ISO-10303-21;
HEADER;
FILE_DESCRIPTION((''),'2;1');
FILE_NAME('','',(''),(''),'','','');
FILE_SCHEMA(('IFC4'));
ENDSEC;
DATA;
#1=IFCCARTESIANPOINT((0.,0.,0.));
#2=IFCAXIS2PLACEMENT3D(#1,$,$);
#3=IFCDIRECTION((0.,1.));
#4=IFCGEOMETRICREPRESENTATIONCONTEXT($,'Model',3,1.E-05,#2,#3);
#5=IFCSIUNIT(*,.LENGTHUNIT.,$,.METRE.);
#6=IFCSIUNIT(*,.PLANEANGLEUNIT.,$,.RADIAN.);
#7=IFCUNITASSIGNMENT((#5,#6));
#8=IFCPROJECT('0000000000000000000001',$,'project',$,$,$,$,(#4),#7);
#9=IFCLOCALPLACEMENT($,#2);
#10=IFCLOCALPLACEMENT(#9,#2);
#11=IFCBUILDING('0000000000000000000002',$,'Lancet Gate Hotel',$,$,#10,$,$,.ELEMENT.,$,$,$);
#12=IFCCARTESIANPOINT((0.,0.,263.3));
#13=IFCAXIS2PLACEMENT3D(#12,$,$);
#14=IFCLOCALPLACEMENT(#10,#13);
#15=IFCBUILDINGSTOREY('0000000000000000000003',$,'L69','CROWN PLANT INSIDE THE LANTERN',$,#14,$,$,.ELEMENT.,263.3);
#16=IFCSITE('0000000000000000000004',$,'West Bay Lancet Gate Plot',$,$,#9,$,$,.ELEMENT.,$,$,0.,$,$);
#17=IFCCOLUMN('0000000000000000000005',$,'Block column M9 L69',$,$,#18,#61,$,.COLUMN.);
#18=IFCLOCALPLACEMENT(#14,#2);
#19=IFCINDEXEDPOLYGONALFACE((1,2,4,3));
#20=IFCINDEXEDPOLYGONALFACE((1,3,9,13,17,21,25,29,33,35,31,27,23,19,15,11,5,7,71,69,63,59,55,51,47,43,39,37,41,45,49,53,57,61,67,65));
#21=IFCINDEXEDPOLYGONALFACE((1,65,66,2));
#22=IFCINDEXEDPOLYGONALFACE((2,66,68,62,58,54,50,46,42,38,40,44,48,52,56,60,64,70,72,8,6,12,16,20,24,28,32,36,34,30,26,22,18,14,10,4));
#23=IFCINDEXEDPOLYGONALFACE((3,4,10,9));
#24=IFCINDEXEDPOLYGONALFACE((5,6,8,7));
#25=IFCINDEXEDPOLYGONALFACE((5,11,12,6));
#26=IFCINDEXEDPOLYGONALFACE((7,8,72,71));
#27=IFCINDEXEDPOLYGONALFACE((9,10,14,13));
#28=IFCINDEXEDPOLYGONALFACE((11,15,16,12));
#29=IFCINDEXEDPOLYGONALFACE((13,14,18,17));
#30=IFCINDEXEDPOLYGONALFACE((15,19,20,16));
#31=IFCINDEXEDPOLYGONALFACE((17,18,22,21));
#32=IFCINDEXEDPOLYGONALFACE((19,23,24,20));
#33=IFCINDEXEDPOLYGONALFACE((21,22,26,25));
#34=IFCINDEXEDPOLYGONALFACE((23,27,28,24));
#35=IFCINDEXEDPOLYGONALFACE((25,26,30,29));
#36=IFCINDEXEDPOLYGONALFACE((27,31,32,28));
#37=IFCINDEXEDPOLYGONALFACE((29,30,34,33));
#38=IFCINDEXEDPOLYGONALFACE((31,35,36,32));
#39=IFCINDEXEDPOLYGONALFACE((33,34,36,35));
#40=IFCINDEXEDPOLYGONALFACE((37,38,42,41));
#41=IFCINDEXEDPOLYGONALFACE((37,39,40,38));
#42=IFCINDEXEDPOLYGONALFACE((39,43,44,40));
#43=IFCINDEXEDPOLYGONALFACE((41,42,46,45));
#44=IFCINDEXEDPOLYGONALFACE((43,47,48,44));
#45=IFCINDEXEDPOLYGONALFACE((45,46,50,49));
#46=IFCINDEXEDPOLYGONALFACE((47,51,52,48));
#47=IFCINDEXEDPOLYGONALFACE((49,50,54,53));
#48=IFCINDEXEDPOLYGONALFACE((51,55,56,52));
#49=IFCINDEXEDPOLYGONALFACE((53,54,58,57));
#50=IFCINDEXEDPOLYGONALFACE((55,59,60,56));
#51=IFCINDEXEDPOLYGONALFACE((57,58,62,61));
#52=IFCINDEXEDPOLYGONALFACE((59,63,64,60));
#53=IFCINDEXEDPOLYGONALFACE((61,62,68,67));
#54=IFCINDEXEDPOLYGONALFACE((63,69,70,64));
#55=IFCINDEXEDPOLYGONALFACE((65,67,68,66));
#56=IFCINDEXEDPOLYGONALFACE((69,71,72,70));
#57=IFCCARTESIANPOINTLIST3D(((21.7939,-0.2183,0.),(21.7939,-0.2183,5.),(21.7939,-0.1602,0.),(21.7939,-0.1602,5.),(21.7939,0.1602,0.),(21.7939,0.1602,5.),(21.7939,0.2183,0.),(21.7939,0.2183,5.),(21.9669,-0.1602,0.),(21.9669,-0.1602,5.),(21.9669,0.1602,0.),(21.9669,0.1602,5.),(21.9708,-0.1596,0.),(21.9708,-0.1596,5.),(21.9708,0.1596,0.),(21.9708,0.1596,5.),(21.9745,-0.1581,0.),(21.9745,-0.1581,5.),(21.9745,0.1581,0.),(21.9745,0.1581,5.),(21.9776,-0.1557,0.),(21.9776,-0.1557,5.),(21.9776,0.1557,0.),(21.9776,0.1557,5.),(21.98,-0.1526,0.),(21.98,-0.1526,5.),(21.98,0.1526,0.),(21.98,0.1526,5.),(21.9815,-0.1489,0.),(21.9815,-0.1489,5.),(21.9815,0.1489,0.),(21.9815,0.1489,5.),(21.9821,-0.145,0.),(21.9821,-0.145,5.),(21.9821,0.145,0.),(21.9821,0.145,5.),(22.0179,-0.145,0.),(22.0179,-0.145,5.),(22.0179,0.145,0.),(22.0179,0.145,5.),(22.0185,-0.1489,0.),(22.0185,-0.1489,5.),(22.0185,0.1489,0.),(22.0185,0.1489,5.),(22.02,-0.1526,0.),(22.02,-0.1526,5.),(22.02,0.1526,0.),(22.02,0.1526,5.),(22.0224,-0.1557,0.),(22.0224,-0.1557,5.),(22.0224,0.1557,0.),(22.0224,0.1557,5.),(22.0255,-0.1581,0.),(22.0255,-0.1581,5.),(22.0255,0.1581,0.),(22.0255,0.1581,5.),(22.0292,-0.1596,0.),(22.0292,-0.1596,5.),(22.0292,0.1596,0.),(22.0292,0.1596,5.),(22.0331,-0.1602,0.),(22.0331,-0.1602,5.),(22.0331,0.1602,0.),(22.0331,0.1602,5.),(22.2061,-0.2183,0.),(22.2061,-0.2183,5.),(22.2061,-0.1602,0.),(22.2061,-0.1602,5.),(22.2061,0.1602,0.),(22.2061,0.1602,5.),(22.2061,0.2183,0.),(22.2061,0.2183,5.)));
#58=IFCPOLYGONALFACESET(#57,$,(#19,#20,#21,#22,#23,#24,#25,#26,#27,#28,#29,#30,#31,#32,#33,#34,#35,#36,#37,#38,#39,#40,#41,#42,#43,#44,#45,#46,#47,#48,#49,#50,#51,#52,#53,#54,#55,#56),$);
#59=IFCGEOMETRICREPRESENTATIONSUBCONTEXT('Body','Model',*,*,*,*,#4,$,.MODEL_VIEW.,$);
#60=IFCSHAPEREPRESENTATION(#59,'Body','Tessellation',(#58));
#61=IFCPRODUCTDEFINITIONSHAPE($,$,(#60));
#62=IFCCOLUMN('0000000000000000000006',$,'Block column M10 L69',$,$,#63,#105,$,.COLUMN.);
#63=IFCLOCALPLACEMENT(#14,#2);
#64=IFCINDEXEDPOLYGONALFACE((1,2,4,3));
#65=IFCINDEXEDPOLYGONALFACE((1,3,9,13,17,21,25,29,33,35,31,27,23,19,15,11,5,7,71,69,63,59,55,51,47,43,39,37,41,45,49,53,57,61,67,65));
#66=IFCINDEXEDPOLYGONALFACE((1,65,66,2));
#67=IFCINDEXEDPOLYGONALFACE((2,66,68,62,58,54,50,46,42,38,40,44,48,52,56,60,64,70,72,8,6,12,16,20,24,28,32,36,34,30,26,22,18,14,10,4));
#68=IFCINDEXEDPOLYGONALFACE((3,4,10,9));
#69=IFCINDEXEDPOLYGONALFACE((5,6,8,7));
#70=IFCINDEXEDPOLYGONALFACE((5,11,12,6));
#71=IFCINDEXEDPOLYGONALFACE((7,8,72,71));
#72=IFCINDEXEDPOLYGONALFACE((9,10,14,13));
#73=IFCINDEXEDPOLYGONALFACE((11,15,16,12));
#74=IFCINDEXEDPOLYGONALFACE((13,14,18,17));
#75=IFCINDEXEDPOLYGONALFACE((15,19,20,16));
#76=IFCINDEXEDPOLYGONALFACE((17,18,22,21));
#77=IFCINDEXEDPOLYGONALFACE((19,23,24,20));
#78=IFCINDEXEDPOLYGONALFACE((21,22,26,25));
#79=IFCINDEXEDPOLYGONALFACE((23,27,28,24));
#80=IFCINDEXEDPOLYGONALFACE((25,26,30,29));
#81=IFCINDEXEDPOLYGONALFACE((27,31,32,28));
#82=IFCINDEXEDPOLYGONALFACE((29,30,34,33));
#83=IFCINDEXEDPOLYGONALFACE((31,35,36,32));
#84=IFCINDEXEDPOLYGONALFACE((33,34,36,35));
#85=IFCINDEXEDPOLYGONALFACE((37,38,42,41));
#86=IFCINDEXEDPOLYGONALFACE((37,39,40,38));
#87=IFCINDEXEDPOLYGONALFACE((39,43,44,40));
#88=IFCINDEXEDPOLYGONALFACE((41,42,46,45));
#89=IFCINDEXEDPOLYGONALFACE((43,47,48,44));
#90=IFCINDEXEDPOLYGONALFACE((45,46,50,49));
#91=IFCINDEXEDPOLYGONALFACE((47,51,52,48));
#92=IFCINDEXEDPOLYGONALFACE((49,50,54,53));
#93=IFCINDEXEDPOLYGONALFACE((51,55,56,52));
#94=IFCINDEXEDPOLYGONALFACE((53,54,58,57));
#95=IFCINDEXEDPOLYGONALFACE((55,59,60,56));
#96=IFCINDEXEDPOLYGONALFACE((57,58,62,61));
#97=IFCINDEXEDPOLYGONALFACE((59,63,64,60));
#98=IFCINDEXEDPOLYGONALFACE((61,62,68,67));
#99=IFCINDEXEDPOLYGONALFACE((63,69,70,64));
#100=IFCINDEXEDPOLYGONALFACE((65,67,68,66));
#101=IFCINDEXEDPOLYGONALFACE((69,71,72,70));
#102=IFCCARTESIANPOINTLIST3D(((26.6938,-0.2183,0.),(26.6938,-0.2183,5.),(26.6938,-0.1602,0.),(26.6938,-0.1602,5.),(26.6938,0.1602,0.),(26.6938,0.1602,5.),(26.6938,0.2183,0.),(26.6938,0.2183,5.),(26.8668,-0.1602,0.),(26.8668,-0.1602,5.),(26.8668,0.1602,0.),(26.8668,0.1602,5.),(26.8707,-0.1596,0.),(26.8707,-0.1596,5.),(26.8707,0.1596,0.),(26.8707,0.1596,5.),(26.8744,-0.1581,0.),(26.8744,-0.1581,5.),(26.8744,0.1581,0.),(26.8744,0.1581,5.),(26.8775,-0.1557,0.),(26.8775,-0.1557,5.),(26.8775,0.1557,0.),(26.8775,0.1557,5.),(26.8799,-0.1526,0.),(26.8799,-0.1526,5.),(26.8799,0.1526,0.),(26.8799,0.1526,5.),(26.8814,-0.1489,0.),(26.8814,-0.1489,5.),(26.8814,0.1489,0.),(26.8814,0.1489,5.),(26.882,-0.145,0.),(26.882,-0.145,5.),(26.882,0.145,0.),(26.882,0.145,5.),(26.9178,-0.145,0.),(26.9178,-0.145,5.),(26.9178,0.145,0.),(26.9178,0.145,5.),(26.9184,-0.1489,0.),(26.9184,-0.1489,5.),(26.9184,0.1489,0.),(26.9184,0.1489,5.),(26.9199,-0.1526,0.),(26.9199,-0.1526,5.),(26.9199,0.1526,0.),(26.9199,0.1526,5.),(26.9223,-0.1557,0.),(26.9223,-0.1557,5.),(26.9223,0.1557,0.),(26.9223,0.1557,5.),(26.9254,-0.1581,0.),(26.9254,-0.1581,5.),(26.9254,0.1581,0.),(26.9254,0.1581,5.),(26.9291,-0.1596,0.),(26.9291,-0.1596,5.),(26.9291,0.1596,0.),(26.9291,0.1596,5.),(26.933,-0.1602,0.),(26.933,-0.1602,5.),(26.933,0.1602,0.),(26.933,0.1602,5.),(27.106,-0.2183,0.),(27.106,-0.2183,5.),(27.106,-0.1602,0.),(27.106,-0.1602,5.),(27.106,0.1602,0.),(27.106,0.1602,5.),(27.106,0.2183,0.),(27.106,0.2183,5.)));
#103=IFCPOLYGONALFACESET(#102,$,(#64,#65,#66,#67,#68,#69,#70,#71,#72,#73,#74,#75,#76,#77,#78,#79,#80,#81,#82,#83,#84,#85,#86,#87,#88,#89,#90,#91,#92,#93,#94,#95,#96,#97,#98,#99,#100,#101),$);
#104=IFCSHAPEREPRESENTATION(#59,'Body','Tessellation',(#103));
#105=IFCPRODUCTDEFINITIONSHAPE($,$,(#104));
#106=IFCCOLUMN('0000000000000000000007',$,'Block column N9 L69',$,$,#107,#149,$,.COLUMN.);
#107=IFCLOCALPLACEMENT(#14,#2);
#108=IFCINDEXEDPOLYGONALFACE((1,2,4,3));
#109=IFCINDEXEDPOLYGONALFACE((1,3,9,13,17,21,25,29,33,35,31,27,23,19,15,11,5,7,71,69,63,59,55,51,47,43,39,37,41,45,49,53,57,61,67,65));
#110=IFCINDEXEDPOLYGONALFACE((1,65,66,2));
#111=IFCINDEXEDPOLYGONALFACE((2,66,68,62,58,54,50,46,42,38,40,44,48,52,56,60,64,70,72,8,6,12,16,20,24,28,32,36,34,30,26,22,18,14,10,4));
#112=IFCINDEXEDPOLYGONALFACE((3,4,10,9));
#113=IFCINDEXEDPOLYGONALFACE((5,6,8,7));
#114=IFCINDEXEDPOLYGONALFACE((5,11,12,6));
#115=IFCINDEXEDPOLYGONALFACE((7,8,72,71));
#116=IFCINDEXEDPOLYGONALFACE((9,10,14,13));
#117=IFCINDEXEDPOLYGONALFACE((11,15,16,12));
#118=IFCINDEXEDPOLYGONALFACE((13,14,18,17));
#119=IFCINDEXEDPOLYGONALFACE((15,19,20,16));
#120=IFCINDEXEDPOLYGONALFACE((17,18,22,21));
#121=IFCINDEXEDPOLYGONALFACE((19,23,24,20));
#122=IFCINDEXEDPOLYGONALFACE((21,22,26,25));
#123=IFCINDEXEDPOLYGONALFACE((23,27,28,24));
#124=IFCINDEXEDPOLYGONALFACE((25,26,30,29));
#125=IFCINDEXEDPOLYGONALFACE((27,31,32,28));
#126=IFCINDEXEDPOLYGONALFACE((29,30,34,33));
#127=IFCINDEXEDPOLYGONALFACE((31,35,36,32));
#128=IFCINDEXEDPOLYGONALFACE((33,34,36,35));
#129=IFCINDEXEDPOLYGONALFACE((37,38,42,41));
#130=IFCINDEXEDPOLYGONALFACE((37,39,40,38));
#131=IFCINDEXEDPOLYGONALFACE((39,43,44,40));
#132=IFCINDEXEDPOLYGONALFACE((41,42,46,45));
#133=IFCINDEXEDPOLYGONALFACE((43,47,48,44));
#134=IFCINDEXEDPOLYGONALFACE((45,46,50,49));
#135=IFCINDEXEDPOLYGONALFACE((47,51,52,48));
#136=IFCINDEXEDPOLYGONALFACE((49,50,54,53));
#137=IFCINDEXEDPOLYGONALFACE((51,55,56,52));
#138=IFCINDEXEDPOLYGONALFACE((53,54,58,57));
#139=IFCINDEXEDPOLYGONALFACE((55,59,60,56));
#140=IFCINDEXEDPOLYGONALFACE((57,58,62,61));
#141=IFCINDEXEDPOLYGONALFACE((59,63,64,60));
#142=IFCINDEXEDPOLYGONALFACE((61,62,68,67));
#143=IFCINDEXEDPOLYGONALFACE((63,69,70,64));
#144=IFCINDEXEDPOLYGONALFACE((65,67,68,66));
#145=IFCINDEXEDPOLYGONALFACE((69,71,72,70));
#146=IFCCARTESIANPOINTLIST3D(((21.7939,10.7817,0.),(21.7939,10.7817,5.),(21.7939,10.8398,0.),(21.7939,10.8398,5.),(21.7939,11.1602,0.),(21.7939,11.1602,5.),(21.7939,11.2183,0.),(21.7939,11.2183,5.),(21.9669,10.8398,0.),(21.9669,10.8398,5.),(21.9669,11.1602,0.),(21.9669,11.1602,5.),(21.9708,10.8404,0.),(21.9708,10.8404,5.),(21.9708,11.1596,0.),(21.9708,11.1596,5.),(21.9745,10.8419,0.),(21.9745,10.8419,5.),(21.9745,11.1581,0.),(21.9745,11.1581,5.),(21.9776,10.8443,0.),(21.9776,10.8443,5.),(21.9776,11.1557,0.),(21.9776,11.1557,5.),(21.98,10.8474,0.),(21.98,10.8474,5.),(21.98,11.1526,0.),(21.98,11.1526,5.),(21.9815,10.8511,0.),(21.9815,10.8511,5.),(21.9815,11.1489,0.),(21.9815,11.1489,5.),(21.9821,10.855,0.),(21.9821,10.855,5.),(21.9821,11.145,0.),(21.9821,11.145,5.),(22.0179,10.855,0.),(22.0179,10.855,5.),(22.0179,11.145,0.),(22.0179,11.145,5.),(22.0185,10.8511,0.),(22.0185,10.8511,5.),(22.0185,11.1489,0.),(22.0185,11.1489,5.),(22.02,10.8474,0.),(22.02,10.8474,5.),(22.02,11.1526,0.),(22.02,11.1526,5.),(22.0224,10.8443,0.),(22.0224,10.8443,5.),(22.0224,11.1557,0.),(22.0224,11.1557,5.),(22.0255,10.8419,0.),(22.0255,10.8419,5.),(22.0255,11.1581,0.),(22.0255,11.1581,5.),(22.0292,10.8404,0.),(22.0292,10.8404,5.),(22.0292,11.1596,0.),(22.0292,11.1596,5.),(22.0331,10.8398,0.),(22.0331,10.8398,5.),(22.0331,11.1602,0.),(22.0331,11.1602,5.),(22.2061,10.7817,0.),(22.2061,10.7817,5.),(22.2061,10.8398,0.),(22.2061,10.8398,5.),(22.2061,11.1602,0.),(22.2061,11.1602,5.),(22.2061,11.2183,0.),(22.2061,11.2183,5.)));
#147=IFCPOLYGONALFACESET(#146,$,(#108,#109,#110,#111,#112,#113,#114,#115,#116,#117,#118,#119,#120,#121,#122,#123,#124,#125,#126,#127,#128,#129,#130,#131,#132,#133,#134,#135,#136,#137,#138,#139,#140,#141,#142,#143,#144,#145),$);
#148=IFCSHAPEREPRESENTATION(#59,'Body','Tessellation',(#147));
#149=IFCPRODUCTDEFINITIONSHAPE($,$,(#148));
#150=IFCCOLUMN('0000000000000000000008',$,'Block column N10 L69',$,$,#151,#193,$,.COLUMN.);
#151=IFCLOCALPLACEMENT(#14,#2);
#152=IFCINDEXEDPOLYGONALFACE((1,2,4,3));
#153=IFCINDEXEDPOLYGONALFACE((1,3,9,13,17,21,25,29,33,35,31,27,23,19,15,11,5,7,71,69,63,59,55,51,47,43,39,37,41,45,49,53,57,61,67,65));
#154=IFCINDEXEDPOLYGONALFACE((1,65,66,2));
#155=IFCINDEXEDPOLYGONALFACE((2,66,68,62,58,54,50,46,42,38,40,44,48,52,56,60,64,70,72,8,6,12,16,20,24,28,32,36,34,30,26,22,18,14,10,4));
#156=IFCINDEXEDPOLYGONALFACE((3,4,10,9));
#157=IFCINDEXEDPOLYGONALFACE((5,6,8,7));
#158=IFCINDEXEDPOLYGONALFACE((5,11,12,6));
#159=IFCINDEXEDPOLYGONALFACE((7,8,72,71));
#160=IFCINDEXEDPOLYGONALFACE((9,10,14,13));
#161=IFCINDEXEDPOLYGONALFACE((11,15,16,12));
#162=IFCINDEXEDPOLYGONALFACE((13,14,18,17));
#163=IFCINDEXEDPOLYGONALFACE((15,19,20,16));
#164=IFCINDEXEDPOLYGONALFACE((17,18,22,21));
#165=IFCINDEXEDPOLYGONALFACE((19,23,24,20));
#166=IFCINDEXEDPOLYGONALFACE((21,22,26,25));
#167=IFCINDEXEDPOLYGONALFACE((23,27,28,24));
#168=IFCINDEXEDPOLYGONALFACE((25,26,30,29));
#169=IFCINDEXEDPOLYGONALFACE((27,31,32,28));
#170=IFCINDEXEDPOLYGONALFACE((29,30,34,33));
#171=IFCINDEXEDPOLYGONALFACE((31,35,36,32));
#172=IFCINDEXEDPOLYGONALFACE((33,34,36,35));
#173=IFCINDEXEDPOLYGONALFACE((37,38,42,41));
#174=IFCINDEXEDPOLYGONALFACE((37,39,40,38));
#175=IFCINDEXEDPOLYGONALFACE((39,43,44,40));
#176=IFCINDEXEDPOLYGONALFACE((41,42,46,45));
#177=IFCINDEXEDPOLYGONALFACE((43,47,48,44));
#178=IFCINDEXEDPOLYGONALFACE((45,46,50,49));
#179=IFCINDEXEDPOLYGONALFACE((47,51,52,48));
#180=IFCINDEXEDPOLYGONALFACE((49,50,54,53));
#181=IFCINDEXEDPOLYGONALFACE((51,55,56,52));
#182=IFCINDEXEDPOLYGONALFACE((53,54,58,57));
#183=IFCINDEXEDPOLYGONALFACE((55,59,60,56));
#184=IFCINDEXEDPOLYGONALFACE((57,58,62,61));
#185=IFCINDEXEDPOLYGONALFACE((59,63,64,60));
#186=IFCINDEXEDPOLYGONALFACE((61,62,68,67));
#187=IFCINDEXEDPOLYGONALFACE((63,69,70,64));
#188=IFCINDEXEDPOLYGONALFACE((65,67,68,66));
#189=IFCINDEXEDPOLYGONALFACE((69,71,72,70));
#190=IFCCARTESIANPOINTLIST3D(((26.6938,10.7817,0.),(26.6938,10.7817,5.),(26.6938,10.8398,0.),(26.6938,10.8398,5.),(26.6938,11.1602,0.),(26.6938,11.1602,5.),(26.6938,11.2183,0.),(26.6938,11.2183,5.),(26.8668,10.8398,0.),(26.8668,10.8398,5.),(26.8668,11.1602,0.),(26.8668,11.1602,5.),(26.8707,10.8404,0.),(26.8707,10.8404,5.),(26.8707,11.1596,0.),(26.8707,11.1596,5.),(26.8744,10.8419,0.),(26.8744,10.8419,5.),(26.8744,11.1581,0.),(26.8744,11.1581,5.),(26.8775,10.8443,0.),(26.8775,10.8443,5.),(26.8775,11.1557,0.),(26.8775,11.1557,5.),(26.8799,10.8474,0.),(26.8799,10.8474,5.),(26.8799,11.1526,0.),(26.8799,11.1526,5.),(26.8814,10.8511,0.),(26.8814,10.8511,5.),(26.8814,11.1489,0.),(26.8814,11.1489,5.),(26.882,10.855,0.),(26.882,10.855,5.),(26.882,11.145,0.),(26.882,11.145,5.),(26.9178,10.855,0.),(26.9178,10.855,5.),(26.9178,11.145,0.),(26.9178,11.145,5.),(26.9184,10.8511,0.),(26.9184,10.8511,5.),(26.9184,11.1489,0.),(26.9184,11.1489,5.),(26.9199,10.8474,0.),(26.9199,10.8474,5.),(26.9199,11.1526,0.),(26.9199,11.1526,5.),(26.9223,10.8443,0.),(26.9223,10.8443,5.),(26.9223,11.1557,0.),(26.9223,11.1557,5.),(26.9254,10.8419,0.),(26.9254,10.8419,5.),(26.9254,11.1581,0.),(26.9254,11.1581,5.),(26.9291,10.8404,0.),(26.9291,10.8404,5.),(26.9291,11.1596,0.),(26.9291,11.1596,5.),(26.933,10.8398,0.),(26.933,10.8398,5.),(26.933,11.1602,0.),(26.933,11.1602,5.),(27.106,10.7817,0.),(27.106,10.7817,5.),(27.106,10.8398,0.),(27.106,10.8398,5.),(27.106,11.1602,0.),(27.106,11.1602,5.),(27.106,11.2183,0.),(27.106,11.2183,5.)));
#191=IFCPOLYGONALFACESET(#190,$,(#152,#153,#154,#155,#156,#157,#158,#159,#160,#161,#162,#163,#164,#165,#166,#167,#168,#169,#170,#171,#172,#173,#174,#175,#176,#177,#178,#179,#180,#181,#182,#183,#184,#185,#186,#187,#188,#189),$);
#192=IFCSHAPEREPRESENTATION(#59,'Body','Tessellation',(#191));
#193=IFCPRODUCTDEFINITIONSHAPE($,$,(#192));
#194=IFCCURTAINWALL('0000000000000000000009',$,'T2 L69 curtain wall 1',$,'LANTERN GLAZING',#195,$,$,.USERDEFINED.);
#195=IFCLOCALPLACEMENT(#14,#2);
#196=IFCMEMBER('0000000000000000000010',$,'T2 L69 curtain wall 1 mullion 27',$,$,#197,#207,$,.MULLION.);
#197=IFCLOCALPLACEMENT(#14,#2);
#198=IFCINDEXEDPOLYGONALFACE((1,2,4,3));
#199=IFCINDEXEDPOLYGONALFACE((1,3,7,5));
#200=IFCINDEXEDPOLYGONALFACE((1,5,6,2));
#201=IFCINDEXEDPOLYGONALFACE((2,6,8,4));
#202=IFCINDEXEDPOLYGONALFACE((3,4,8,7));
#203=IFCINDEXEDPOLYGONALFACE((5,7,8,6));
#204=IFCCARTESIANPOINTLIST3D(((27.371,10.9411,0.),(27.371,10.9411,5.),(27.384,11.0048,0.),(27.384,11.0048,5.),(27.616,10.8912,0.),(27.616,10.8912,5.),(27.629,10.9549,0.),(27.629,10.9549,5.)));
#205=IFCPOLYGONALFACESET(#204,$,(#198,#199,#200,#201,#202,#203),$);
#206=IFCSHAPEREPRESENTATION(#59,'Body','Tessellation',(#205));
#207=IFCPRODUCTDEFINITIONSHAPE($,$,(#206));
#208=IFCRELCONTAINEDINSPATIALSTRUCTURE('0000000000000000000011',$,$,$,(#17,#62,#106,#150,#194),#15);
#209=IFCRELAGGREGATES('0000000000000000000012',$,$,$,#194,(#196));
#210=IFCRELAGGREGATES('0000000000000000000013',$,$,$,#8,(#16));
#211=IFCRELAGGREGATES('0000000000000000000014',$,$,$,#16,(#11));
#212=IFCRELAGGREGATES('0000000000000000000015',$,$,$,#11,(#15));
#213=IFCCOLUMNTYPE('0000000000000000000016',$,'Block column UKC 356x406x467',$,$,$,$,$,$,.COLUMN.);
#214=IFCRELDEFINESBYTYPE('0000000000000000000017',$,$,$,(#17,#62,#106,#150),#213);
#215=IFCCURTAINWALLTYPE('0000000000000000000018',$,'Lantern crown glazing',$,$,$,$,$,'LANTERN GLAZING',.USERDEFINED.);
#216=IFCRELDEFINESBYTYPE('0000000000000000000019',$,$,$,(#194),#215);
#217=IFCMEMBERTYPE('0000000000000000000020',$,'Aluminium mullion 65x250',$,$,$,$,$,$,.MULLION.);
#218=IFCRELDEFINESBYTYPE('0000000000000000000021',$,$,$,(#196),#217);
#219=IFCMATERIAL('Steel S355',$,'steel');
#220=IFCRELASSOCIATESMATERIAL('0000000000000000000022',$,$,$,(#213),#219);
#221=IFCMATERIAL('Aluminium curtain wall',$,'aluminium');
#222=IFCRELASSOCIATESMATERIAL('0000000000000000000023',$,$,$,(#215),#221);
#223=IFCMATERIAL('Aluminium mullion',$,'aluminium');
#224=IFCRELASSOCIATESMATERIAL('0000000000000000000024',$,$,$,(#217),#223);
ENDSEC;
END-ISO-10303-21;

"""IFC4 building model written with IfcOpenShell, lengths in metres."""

from ifc_helpers import new_model, si_unit, direction, frame, origin, origin_2d, place, context, subcontext, project, spatial, rectangle, i_section, extrude, material, material_profile, profile_set, type_object, element, aggregate, save


model = new_model("IFC4")

# Units and contexts
model_context = context("Model", 3, precision=1e-05, world=origin(), true_north=direction((0.0, 1.0)))
body_context = subcontext(model_context, "Body", "Model", "MODEL_VIEW")
ifc_project = project(units=[si_unit("LENGTHUNIT", "METRE"), si_unit("PLANEANGLEUNIT", "RADIAN")], contexts=[model_context])

# Site, building, storey
site_placement = place(None, origin())
site = spatial("IfcSite", under=ifc_project, at=site_placement, Name="West Bay Lancet Gate Plot", CompositionType="ELEMENT", RefElevation=0.0)
building_placement = place(site_placement, origin())
building = spatial("IfcBuilding", under=site, at=building_placement, Name="Lancet Gate Hotel", CompositionType="ELEMENT")
storey_placement = place(building_placement, frame((0.0, 0.0, 263.3)))
storey = spatial("IfcBuildingStorey", under=building, at=storey_placement, Name="L69", Description="CROWN PLANT INSIDE THE LANTERN", CompositionType="ELEMENT", Elevation=263.3)

# Columns
ifc_material_1 = material(Name="Steel S355", Category="steel")
ifc_material_profile_1 = material_profile(ifc_material_1, i_section(OverallWidth=0.4121, OverallDepth=0.4365, WebThickness=0.0359, FlangeThickness=0.0581, FilletRadius=0.0151, at=origin_2d()), Name="UKC 356x406x467")
ifc_profile_set_1 = profile_set([ifc_material_profile_1], Name="Steel S355")
column_type = type_object("IfcColumnType", Name="Block column UKC 356x406x467", PredefinedType="COLUMN", material=ifc_profile_set_1)
for number, where, z_axis, x_axis, name in (
    (1, (22.0, 0.0, 0.0), (0.0, 0.0, 1.0), (1.0, 0.0, 0.0), "Block column M9 L69"),
    (2, (26.8999, 0.0, 0.0), (0.0, 0.0, 1.0), (1.0, 0.0, 0.0), "Block column M10 L69"),
    (3, (22.0, 11.0, 0.0), (0.0, 0.0, 1.0), (1.0, 0.0, 0.0), "Block column N9 L69"),
    (4, (26.8999, 11.0, 0.0), (0.0, 0.0, 1.0), (1.0, 0.0, 0.0), "Block column N10 L69"),
):
    element("IfcColumn", number, at=place(storey_placement, frame(where, z_axis=z_axis, x_axis=x_axis)), inside=storey, type_object=column_type, Name=name, PredefinedType="COLUMN", context=body_context, shape_type="SweptSolid", body=[
        extrude(i_section(OverallWidth=0.4121, OverallDepth=0.4365, WebThickness=0.0359, FlangeThickness=0.0581, FilletRadius=0.0151, at=origin_2d()), origin(), (0.0, 0.0, 1.0), 5.0),
    ])

# Curtain wall, member
ifc_material_2 = material(Name="Aluminium curtain wall", Category="aluminium")
curtain_wall_type = type_object("IfcCurtainWallType", Name="Lantern crown glazing", ElementType="LANTERN GLAZING", PredefinedType="USERDEFINED", material=ifc_material_2)
curtain_wall_placement = place(storey_placement, origin())
curtain_wall = element("IfcCurtainWall", 5, at=curtain_wall_placement, inside=storey, type_object=curtain_wall_type, Name="T2 L69 curtain wall 1", ObjectType="LANTERN GLAZING", PredefinedType="USERDEFINED")
ifc_material_3 = material(Name="Aluminium mullion", Category="aluminium")
ifc_material_profile_2 = material_profile(ifc_material_3, rectangle(XDim=0.0649, YDim=0.25, at=origin_2d()), Name="MULLION 65x250")
ifc_profile_set_2 = profile_set([ifc_material_profile_2], Name="Aluminium mullion")
member_type_1 = type_object("IfcMemberType", Name="Aluminium mullion 65x250", PredefinedType="MULLION", material=ifc_profile_set_2)
member_1_placement = place(storey_placement, frame((27.5, 10.948, 0.0), z_axis=(0.0, 0.0, 1.0), x_axis=(-0.199533, -0.979891, 0.0)))
member_1 = element("IfcMember", 6, at=member_1_placement, type_object=member_type_1, Name="T2 L69 curtain wall 1 mullion 27", PredefinedType="MULLION", context=body_context, shape_type="SweptSolid", body=[
    extrude(rectangle(XDim=0.0649, YDim=0.25, at=origin_2d()), origin(), (0.0, 0.0, 1.0), 5.0),
])
aggregate(curtain_wall, [member_1])

save(model, "model.ifc")
